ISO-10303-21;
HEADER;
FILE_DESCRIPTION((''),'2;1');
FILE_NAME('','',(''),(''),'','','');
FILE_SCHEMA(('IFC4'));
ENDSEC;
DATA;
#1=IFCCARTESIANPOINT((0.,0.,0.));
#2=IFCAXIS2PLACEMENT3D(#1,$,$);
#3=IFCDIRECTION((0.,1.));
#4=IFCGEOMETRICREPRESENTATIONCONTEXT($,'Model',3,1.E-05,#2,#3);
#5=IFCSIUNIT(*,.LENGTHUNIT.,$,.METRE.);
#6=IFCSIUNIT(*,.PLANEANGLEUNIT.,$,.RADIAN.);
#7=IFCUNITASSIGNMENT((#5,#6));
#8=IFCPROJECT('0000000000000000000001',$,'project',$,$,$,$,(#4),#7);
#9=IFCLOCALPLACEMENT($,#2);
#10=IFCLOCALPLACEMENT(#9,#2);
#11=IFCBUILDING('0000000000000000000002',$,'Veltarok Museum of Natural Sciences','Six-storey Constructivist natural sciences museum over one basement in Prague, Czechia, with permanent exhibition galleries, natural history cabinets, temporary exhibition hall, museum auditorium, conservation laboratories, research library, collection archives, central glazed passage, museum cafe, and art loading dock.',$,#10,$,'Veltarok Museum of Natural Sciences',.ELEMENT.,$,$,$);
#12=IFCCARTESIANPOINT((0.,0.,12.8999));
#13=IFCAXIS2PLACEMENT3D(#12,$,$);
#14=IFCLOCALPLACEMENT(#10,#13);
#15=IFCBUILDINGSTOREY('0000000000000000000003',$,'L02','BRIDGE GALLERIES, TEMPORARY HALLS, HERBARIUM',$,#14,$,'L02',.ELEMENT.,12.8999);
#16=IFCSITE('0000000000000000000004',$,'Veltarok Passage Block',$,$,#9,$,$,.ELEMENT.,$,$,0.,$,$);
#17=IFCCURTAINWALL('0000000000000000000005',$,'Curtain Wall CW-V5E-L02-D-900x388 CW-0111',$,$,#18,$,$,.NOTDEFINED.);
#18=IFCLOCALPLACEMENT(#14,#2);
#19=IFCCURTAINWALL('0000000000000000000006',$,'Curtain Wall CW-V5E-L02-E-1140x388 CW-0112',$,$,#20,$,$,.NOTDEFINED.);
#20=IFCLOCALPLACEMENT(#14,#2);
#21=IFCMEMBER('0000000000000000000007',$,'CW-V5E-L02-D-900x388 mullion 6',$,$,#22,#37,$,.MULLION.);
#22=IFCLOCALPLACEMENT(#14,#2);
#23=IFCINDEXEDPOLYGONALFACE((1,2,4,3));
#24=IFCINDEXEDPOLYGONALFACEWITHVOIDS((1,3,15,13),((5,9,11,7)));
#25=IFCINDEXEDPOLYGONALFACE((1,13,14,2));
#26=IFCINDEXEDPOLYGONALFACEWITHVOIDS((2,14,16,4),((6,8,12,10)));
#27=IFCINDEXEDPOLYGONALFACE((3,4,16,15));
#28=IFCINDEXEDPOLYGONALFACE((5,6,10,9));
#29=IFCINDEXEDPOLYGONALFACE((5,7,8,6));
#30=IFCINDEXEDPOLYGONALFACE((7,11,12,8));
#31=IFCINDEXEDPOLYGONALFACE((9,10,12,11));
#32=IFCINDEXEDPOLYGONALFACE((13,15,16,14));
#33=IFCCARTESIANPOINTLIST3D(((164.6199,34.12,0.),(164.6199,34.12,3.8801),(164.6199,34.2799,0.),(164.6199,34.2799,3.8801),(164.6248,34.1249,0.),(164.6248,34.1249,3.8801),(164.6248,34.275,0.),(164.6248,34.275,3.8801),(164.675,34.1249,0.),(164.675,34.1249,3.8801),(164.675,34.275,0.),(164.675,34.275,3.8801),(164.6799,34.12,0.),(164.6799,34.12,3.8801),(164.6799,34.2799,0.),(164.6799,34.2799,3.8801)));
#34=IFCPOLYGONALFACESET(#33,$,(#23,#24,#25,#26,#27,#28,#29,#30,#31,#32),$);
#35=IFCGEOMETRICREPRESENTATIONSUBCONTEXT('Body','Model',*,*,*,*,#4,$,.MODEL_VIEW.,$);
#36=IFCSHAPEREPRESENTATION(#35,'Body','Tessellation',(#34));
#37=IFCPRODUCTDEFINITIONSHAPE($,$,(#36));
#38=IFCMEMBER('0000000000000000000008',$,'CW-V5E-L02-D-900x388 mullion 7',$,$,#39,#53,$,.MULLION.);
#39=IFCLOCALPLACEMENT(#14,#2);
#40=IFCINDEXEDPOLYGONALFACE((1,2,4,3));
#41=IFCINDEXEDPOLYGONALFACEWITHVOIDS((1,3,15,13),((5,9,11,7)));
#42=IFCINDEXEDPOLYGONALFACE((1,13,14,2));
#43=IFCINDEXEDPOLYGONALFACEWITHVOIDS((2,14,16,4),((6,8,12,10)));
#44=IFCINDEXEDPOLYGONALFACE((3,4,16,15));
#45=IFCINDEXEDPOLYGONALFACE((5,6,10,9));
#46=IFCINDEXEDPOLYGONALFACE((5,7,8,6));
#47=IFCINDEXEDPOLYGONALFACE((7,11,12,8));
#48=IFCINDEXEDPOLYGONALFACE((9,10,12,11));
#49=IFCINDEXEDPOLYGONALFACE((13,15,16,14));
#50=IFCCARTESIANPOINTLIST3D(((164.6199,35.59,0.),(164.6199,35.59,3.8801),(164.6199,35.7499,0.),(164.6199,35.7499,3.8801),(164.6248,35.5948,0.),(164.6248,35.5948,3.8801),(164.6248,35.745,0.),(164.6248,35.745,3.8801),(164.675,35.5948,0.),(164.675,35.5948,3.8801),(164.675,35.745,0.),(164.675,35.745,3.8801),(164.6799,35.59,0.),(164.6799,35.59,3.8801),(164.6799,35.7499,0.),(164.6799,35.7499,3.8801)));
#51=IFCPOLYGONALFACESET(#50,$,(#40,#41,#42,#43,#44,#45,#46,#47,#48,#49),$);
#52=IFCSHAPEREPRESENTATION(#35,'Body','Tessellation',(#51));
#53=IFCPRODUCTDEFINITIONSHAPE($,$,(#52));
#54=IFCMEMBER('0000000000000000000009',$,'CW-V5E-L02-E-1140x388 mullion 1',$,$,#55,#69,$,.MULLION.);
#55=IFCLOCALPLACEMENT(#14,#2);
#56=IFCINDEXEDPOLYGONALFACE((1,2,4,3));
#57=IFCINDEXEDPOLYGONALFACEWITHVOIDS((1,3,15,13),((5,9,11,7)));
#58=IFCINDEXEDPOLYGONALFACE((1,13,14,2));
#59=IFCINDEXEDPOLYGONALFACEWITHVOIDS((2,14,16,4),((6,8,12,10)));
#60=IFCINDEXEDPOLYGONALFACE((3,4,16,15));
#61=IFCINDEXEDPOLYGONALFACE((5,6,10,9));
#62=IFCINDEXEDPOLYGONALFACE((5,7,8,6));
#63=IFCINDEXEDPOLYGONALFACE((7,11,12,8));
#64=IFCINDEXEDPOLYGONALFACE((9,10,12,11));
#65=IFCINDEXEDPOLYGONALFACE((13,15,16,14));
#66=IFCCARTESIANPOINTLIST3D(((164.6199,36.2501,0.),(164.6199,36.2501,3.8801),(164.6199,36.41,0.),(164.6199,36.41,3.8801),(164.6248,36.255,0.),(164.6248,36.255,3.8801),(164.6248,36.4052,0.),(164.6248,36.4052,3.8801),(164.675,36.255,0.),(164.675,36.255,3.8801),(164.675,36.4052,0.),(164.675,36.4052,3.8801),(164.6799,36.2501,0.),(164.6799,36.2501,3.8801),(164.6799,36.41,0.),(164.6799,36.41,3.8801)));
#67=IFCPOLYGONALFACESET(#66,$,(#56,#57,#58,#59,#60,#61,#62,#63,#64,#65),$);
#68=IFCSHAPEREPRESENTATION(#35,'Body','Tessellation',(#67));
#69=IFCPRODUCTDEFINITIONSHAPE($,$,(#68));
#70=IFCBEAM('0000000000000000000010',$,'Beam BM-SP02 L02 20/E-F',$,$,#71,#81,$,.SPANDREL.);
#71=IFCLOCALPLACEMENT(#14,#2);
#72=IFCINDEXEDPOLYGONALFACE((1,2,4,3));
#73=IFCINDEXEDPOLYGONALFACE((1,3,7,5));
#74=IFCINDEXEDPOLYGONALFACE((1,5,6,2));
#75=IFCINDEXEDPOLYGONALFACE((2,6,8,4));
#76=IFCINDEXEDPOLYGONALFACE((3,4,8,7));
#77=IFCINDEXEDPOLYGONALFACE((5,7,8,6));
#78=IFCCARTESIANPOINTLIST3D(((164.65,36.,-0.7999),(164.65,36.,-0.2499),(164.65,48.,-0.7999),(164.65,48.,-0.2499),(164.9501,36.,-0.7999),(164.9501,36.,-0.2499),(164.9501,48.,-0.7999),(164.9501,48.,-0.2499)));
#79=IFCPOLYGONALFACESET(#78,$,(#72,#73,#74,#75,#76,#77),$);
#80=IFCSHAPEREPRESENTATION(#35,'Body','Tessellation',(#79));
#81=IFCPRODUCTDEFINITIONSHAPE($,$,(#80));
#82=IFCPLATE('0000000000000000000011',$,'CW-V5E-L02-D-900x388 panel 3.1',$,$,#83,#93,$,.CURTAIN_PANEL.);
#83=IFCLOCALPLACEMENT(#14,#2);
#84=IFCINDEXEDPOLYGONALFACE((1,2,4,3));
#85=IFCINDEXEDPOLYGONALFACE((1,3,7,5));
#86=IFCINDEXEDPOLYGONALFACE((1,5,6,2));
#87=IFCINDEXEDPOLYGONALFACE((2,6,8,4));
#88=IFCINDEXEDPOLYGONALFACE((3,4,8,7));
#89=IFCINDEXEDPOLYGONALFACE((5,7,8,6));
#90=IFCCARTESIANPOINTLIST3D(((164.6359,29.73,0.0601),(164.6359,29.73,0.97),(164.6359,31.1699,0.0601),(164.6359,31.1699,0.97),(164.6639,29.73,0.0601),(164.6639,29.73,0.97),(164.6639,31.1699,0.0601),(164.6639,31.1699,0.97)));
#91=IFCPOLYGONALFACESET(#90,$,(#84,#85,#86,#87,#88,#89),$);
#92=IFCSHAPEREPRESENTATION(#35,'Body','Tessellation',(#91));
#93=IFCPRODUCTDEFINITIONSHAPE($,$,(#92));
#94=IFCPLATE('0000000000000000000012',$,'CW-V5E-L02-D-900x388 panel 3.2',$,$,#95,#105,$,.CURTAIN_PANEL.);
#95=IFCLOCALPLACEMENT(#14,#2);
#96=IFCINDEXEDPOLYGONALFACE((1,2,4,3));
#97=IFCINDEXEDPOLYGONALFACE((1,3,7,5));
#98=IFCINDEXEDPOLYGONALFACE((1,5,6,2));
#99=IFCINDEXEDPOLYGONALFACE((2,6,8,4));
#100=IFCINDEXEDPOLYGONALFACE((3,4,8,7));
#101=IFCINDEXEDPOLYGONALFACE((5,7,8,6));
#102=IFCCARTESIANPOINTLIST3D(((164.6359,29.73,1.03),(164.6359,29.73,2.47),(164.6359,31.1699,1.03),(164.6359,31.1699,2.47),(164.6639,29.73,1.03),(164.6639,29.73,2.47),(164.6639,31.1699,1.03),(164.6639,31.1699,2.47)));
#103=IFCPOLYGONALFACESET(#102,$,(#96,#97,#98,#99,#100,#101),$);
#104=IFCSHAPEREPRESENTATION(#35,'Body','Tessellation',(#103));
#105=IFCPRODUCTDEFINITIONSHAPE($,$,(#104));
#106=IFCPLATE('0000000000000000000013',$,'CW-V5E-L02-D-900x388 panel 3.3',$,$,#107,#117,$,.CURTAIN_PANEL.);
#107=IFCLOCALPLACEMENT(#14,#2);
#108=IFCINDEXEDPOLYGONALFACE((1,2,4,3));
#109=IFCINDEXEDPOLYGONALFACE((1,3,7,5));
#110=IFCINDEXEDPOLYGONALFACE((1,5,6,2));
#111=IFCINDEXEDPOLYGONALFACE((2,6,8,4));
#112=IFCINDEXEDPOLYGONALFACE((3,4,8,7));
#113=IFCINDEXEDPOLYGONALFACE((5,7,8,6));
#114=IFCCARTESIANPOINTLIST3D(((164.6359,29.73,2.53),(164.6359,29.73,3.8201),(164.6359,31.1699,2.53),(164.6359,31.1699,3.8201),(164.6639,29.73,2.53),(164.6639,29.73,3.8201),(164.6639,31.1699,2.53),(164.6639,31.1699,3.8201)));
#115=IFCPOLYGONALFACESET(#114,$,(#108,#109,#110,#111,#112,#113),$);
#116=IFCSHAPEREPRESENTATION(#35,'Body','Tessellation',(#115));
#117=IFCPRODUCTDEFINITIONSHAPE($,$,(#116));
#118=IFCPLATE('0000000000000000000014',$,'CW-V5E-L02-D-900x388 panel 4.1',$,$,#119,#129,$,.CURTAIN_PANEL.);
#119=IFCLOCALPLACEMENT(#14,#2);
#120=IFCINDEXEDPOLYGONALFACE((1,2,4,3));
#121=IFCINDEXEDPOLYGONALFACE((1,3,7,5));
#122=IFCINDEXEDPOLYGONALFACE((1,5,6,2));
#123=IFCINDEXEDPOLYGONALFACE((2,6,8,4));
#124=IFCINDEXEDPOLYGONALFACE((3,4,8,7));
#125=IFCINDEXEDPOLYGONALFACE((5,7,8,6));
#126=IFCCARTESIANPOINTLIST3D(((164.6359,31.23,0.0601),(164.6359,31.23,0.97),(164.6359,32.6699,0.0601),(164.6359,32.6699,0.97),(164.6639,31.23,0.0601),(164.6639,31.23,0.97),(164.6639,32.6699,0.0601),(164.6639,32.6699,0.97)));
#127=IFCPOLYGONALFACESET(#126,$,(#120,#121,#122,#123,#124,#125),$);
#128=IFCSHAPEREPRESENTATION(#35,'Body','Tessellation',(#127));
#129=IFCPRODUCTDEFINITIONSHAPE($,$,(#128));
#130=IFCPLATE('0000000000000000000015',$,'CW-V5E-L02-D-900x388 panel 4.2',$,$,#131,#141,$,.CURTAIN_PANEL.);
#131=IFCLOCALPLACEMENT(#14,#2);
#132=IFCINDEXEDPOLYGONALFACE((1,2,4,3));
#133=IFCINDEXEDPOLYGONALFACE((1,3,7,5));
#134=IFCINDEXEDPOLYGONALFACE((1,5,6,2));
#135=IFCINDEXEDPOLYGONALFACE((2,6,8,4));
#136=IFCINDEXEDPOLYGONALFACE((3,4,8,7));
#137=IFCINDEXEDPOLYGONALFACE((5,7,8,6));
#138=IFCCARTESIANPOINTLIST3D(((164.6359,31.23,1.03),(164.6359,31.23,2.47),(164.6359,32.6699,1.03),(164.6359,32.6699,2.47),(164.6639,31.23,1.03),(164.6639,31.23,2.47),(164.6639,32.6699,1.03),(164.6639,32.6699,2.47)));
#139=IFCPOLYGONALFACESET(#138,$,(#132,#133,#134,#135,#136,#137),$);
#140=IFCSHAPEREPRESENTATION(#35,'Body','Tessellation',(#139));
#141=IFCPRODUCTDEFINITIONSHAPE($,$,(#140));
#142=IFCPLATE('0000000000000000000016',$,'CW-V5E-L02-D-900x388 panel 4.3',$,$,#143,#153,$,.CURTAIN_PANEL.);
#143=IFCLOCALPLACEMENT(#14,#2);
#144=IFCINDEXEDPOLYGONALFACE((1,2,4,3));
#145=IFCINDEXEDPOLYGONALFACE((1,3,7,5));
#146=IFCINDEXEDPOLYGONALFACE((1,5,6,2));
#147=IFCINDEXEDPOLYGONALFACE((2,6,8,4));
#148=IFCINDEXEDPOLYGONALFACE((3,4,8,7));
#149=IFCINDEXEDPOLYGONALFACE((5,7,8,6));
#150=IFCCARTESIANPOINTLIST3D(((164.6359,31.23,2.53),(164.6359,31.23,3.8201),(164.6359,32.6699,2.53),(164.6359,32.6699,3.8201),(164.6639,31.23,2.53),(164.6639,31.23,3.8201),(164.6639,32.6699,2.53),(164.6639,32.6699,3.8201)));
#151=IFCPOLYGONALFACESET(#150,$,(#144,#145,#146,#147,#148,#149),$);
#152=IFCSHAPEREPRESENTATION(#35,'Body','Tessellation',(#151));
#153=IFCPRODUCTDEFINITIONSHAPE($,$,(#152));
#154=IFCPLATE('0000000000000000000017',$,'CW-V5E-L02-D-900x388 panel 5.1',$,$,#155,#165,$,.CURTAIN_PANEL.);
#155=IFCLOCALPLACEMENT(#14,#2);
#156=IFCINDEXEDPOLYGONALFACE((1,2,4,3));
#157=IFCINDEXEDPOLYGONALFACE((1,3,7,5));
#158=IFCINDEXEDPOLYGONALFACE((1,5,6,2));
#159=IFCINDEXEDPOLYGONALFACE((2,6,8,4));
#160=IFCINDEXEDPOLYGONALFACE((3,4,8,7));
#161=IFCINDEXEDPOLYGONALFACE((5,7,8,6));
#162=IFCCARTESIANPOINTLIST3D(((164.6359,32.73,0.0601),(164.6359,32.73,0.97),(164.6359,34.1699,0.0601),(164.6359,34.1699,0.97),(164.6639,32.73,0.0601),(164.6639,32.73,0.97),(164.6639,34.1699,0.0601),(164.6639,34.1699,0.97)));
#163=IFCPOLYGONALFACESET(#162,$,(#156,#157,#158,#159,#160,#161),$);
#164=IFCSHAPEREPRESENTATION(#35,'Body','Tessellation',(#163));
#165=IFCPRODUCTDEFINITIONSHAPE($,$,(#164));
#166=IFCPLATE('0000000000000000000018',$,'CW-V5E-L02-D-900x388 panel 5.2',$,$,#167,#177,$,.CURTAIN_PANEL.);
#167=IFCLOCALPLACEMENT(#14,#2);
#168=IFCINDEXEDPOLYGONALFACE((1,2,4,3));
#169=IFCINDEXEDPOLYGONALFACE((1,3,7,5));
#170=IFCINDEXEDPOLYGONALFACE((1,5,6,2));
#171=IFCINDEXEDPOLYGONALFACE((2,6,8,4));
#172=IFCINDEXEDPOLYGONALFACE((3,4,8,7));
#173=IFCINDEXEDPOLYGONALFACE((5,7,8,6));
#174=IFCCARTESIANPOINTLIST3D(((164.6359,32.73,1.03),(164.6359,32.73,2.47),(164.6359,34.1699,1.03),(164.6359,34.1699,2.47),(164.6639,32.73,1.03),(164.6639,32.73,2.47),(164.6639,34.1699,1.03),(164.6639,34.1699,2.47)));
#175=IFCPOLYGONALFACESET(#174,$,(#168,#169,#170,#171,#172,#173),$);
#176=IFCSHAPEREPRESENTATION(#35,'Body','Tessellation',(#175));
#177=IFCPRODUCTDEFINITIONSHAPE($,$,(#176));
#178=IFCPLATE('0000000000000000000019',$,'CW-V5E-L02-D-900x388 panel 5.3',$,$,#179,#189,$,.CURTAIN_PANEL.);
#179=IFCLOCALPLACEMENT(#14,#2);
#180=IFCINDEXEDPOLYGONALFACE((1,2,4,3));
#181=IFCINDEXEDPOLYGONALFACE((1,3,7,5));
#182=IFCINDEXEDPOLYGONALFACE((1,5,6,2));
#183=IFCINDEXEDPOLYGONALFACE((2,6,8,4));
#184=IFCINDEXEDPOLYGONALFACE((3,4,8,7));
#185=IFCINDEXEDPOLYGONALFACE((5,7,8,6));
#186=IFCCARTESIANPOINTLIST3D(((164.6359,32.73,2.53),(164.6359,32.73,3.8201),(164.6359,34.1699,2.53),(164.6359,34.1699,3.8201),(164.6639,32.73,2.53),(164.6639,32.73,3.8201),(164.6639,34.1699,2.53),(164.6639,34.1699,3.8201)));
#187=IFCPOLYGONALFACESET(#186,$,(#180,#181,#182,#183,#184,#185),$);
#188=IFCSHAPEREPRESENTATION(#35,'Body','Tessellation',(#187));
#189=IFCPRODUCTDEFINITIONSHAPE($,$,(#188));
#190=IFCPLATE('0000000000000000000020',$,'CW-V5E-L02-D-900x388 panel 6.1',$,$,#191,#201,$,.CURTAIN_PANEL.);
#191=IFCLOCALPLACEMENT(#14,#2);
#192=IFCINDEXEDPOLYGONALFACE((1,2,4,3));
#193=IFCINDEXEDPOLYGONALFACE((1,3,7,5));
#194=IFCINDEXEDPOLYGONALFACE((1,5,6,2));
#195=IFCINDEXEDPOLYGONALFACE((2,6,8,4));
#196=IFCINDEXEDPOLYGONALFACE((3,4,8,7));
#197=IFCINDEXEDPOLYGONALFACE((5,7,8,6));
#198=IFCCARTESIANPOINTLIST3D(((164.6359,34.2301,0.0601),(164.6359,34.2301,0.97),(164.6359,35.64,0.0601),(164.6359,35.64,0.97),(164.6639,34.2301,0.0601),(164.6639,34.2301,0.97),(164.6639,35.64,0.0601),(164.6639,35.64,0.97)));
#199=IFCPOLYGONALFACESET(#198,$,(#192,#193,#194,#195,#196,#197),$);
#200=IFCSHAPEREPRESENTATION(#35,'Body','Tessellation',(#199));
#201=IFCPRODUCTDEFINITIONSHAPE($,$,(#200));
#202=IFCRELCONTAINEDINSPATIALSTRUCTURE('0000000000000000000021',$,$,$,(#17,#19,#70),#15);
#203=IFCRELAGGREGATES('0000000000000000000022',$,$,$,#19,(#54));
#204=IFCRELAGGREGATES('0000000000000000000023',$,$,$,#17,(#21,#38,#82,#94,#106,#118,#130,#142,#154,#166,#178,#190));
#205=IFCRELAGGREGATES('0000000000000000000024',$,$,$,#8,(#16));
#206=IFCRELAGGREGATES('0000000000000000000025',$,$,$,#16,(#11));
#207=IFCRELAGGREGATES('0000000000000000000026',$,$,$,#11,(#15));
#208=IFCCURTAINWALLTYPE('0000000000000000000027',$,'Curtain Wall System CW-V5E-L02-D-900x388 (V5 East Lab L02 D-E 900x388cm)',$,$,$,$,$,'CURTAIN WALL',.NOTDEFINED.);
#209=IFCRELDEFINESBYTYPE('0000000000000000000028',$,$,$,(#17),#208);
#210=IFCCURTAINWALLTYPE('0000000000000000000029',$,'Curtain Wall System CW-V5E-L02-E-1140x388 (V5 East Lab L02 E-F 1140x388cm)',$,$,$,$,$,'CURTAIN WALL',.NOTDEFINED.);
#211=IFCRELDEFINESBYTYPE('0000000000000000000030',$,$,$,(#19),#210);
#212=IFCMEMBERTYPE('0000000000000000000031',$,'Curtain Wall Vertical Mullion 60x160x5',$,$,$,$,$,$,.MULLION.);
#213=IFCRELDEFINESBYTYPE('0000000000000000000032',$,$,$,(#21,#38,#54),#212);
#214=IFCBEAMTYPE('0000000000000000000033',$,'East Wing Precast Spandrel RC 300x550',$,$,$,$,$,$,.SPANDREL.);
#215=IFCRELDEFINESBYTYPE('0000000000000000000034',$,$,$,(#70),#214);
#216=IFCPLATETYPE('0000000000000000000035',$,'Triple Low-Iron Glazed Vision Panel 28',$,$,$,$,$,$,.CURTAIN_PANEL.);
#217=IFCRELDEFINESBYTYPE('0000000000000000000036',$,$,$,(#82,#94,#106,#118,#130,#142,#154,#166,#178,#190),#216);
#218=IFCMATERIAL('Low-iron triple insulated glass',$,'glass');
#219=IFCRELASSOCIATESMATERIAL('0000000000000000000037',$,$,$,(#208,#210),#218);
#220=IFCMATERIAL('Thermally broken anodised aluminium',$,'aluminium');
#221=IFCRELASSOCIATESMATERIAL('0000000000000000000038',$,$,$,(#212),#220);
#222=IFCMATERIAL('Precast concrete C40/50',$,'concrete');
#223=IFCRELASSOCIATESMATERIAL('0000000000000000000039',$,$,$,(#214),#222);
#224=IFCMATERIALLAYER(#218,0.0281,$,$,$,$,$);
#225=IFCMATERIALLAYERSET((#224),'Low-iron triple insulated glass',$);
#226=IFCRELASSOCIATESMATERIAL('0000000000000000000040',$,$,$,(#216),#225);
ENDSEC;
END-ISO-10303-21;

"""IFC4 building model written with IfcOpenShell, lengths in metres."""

from ifc_helpers import new_model, si_unit, direction, frame, origin, origin_2d, place, context, subcontext, project, spatial, rectangle, hollow_rectangle, extrude, material, layer, layer_set, material_profile, profile_set, type_object, element, aggregate, save


model = new_model("IFC4")

# Units and contexts
model_context = context("Model", 3, precision=1e-05, world=origin(), true_north=direction((0.0, 1.0)))
body_context = subcontext(model_context, "Body", "Model", "MODEL_VIEW")
ifc_project = project(units=[si_unit("LENGTHUNIT", "METRE"), si_unit("PLANEANGLEUNIT", "RADIAN")], contexts=[model_context])

# Site, building, storey
site_placement = place(None, origin())
site = spatial("IfcSite", under=ifc_project, at=site_placement, Name="Veltarok Passage Block", CompositionType="ELEMENT", RefElevation=0.0)
building_placement = place(site_placement, origin())
building = spatial("IfcBuilding", under=site, at=building_placement, Name="Veltarok Museum of Natural Sciences", Description="Six-storey Constructivist natural sciences museum over one basement in Prague, Czechia, with permanent exhibition galleries, natural history cabinets, temporary exhibition hall, museum auditorium, conservation laboratories, research library, collection archives, central glazed passage, museum cafe, and art loading dock.", LongName="Veltarok Museum of Natural Sciences", CompositionType="ELEMENT")
storey_placement = place(building_placement, frame((0.0, 0.0, 12.8999)))
storey = spatial("IfcBuildingStorey", under=building, at=storey_placement, Name="L02", Description="BRIDGE GALLERIES, TEMPORARY HALLS, HERBARIUM", LongName="L02", CompositionType="ELEMENT", Elevation=12.8999)

# Curtain walls
ifc_material_1 = material(Name="Low-iron triple insulated glass", Category="glass")
curtain_wall_type_1 = type_object("IfcCurtainWallType", Name="Curtain Wall System CW-V5E-L02-D-900x388 (V5 East Lab L02 D-E 900x388cm)", ElementType="CURTAIN WALL", PredefinedType="NOTDEFINED", material=ifc_material_1)
curtain_wall_1_placement = place(storey_placement, origin())
curtain_wall_1 = element("IfcCurtainWall", 1, at=curtain_wall_1_placement, inside=storey, type_object=curtain_wall_type_1, Name="Curtain Wall CW-V5E-L02-D-900x388 CW-0111", PredefinedType="NOTDEFINED")
ifc_material_2 = material(Name="Thermally broken anodised aluminium", Category="aluminium")
curtain_wall_type_2 = type_object("IfcCurtainWallType", Name="Curtain Wall System CW-V5E-L02-E-1140x388 (V5 East Lab L02 E-F 1140x388cm)", ElementType="CURTAIN WALL", PredefinedType="NOTDEFINED", material=ifc_material_1)
curtain_wall_2_placement = place(storey_placement, origin())
curtain_wall_2 = element("IfcCurtainWall", 2, at=curtain_wall_2_placement, inside=storey, type_object=curtain_wall_type_2, Name="Curtain Wall CW-V5E-L02-E-1140x388 CW-0112", PredefinedType="NOTDEFINED")

# Members
ifc_material_profile_1 = material_profile(ifc_material_2, hollow_rectangle(XDim=0.0601, YDim=0.1599, WallThickness=0.0049, at=origin_2d()), Name="CW MULLION 60x160x5")
ifc_profile_set_1 = profile_set([ifc_material_profile_1], Name="Thermally broken anodised aluminium")
member_type_1 = type_object("IfcMemberType", Name="Curtain Wall Vertical Mullion 60x160x5", PredefinedType="MULLION", material=ifc_profile_set_1)
member_1_placement = place(storey_placement, frame((164.6499, 34.2, 0.0), z_axis=(0.0, 0.0, 1.0), x_axis=(-1.0, 0.0, 0.0)))
member_1 = element("IfcMember", 3, at=member_1_placement, type_object=member_type_1, Name="CW-V5E-L02-D-900x388 mullion 6", PredefinedType="MULLION", context=body_context, shape_type="SweptSolid", body=[
    extrude(hollow_rectangle(XDim=0.0601, YDim=0.1599, WallThickness=0.0049, at=origin_2d()), origin(), (0.0, 0.0, 1.0), 3.8801),
])
member_2_placement = place(storey_placement, frame((164.6499, 35.6699, 0.0), z_axis=(0.0, 0.0, 1.0), x_axis=(-1.0, 0.0, 0.0)))
member_2 = element("IfcMember", 4, at=member_2_placement, type_object=member_type_1, Name="CW-V5E-L02-D-900x388 mullion 7", PredefinedType="MULLION", context=body_context, shape_type="SweptSolid", body=[
    extrude(hollow_rectangle(XDim=0.0601, YDim=0.1599, WallThickness=0.0049, at=origin_2d()), origin(), (0.0, 0.0, 1.0), 3.8801),
])
member_3_placement = place(storey_placement, frame((164.6499, 36.3301, 0.0), z_axis=(0.0, 0.0, 1.0), x_axis=(-1.0, 0.0, 0.0)))
member_3 = element("IfcMember", 5, at=member_3_placement, type_object=member_type_1, Name="CW-V5E-L02-E-1140x388 mullion 1", PredefinedType="MULLION", context=body_context, shape_type="SweptSolid", body=[
    extrude(hollow_rectangle(XDim=0.0601, YDim=0.1599, WallThickness=0.0049, at=origin_2d()), origin(), (0.0, 0.0, 1.0), 3.8801),
])
aggregate(curtain_wall_2, [member_3])

# Beam
ifc_material_3 = material(Name="Precast concrete C40/50", Category="concrete")
ifc_material_profile_2 = material_profile(ifc_material_3, rectangle(XDim=0.3, YDim=0.55, at=origin_2d()), Name="RC 300x550")
ifc_profile_set_2 = profile_set([ifc_material_profile_2], Name="Precast concrete C40/50")
beam_type = type_object("IfcBeamType", Name="East Wing Precast Spandrel RC 300x550", PredefinedType="SPANDREL", material=ifc_profile_set_2)
beam_placement = place(storey_placement, frame((164.8, 36.0, -0.5249), z_axis=(0.0, 1.0, 0.0), x_axis=(-1.0, 0.0, 0.0)))
element("IfcBeam", 6, at=beam_placement, inside=storey, type_object=beam_type, Name="Beam BM-SP02 L02 20/E-F", PredefinedType="SPANDREL", context=body_context, shape_type="SweptSolid", body=[
    extrude(rectangle(XDim=0.3, YDim=0.55, at=origin_2d()), origin(), (0.0, 0.0, 1.0), 12.0),
])

# Plates
ifc_layer = layer(ifc_material_1, 0.0281)
ifc_layer_set = layer_set([ifc_layer], Name="Low-iron triple insulated glass")
plate_type = type_object("IfcPlateType", Name="Triple Low-Iron Glazed Vision Panel 28", PredefinedType="CURTAIN_PANEL", material=ifc_layer_set)
plate_1_placement = place(storey_placement, frame((164.6499, 30.45, 0.0601), z_axis=(0.0, 0.0, 1.0), x_axis=(0.0, 1.0, 0.0)))
plate_1 = element("IfcPlate", 7, at=plate_1_placement, type_object=plate_type, Name="CW-V5E-L02-D-900x388 panel 3.1", PredefinedType="CURTAIN_PANEL", context=body_context, shape_type="SweptSolid", body=[
    extrude(rectangle(XDim=1.4399, YDim=0.0281, at=origin_2d()), origin(), (0.0, 0.0, 1.0), 0.9099),
])
plate_2_placement = place(storey_placement, frame((164.6499, 30.45, 1.03), z_axis=(0.0, 0.0, 1.0), x_axis=(0.0, 1.0, 0.0)))
plate_2 = element("IfcPlate", 8, at=plate_2_placement, type_object=plate_type, Name="CW-V5E-L02-D-900x388 panel 3.2", PredefinedType="CURTAIN_PANEL", context=body_context, shape_type="SweptSolid", body=[
    extrude(rectangle(XDim=1.4399, YDim=0.0281, at=origin_2d()), origin(), (0.0, 0.0, 1.0), 1.4399),
])
plate_3_placement = place(storey_placement, frame((164.6499, 30.45, 2.53), z_axis=(0.0, 0.0, 1.0), x_axis=(0.0, 1.0, 0.0)))
plate_3 = element("IfcPlate", 9, at=plate_3_placement, type_object=plate_type, Name="CW-V5E-L02-D-900x388 panel 3.3", PredefinedType="CURTAIN_PANEL", context=body_context, shape_type="SweptSolid", body=[
    extrude(rectangle(XDim=1.4399, YDim=0.0281, at=origin_2d()), origin(), (0.0, 0.0, 1.0), 1.29),
])
plate_4_placement = place(storey_placement, frame((164.6499, 31.95, 0.0601), z_axis=(0.0, 0.0, 1.0), x_axis=(0.0, 1.0, 0.0)))
plate_4 = element("IfcPlate", 10, at=plate_4_placement, type_object=plate_type, Name="CW-V5E-L02-D-900x388 panel 4.1", PredefinedType="CURTAIN_PANEL", context=body_context, shape_type="SweptSolid", body=[
    extrude(rectangle(XDim=1.4399, YDim=0.0281, at=origin_2d()), origin(), (0.0, 0.0, 1.0), 0.9099),
])
plate_5_placement = place(storey_placement, frame((164.6499, 31.95, 1.03), z_axis=(0.0, 0.0, 1.0), x_axis=(0.0, 1.0, 0.0)))
plate_5 = element("IfcPlate", 11, at=plate_5_placement, type_object=plate_type, Name="CW-V5E-L02-D-900x388 panel 4.2", PredefinedType="CURTAIN_PANEL", context=body_context, shape_type="SweptSolid", body=[
    extrude(rectangle(XDim=1.4399, YDim=0.0281, at=origin_2d()), origin(), (0.0, 0.0, 1.0), 1.4399),
])
plate_6_placement = place(storey_placement, frame((164.6499, 31.95, 2.53), z_axis=(0.0, 0.0, 1.0), x_axis=(0.0, 1.0, 0.0)))
plate_6 = element("IfcPlate", 12, at=plate_6_placement, type_object=plate_type, Name="CW-V5E-L02-D-900x388 panel 4.3", PredefinedType="CURTAIN_PANEL", context=body_context, shape_type="SweptSolid", body=[
    extrude(rectangle(XDim=1.4399, YDim=0.0281, at=origin_2d()), origin(), (0.0, 0.0, 1.0), 1.29),
])
plate_7_placement = place(storey_placement, frame((164.6499, 33.45, 0.0601), z_axis=(0.0, 0.0, 1.0), x_axis=(0.0, 1.0, 0.0)))
plate_7 = element("IfcPlate", 13, at=plate_7_placement, type_object=plate_type, Name="CW-V5E-L02-D-900x388 panel 5.1", PredefinedType="CURTAIN_PANEL", context=body_context, shape_type="SweptSolid", body=[
    extrude(rectangle(XDim=1.4399, YDim=0.0281, at=origin_2d()), origin(), (0.0, 0.0, 1.0), 0.9099),
])
plate_8_placement = place(storey_placement, frame((164.6499, 33.45, 1.03), z_axis=(0.0, 0.0, 1.0), x_axis=(0.0, 1.0, 0.0)))
plate_8 = element("IfcPlate", 14, at=plate_8_placement, type_object=plate_type, Name="CW-V5E-L02-D-900x388 panel 5.2", PredefinedType="CURTAIN_PANEL", context=body_context, shape_type="SweptSolid", body=[
    extrude(rectangle(XDim=1.4399, YDim=0.0281, at=origin_2d()), origin(), (0.0, 0.0, 1.0), 1.4399),
])
plate_9_placement = place(storey_placement, frame((164.6499, 33.45, 2.53), z_axis=(0.0, 0.0, 1.0), x_axis=(0.0, 1.0, 0.0)))
plate_9 = element("IfcPlate", 15, at=plate_9_placement, type_object=plate_type, Name="CW-V5E-L02-D-900x388 panel 5.3", PredefinedType="CURTAIN_PANEL", context=body_context, shape_type="SweptSolid", body=[
    extrude(rectangle(XDim=1.4399, YDim=0.0281, at=origin_2d()), origin(), (0.0, 0.0, 1.0), 1.29),
])
plate_10_placement = place(storey_placement, frame((164.6499, 34.9351, 0.0601), z_axis=(0.0, 0.0, 1.0), x_axis=(0.0, 1.0, 0.0)))
plate_10 = element("IfcPlate", 16, at=plate_10_placement, type_object=plate_type, Name="CW-V5E-L02-D-900x388 panel 6.1", PredefinedType="CURTAIN_PANEL", context=body_context, shape_type="SweptSolid", body=[
    extrude(rectangle(XDim=1.4099, YDim=0.0281, at=origin_2d()), origin(), (0.0, 0.0, 1.0), 0.9099),
])
aggregate(curtain_wall_1, [member_1, member_2, plate_1, plate_2, plate_3, plate_4, plate_5, plate_6, plate_7, plate_8, plate_9, plate_10])

save(model, "model.ifc")
